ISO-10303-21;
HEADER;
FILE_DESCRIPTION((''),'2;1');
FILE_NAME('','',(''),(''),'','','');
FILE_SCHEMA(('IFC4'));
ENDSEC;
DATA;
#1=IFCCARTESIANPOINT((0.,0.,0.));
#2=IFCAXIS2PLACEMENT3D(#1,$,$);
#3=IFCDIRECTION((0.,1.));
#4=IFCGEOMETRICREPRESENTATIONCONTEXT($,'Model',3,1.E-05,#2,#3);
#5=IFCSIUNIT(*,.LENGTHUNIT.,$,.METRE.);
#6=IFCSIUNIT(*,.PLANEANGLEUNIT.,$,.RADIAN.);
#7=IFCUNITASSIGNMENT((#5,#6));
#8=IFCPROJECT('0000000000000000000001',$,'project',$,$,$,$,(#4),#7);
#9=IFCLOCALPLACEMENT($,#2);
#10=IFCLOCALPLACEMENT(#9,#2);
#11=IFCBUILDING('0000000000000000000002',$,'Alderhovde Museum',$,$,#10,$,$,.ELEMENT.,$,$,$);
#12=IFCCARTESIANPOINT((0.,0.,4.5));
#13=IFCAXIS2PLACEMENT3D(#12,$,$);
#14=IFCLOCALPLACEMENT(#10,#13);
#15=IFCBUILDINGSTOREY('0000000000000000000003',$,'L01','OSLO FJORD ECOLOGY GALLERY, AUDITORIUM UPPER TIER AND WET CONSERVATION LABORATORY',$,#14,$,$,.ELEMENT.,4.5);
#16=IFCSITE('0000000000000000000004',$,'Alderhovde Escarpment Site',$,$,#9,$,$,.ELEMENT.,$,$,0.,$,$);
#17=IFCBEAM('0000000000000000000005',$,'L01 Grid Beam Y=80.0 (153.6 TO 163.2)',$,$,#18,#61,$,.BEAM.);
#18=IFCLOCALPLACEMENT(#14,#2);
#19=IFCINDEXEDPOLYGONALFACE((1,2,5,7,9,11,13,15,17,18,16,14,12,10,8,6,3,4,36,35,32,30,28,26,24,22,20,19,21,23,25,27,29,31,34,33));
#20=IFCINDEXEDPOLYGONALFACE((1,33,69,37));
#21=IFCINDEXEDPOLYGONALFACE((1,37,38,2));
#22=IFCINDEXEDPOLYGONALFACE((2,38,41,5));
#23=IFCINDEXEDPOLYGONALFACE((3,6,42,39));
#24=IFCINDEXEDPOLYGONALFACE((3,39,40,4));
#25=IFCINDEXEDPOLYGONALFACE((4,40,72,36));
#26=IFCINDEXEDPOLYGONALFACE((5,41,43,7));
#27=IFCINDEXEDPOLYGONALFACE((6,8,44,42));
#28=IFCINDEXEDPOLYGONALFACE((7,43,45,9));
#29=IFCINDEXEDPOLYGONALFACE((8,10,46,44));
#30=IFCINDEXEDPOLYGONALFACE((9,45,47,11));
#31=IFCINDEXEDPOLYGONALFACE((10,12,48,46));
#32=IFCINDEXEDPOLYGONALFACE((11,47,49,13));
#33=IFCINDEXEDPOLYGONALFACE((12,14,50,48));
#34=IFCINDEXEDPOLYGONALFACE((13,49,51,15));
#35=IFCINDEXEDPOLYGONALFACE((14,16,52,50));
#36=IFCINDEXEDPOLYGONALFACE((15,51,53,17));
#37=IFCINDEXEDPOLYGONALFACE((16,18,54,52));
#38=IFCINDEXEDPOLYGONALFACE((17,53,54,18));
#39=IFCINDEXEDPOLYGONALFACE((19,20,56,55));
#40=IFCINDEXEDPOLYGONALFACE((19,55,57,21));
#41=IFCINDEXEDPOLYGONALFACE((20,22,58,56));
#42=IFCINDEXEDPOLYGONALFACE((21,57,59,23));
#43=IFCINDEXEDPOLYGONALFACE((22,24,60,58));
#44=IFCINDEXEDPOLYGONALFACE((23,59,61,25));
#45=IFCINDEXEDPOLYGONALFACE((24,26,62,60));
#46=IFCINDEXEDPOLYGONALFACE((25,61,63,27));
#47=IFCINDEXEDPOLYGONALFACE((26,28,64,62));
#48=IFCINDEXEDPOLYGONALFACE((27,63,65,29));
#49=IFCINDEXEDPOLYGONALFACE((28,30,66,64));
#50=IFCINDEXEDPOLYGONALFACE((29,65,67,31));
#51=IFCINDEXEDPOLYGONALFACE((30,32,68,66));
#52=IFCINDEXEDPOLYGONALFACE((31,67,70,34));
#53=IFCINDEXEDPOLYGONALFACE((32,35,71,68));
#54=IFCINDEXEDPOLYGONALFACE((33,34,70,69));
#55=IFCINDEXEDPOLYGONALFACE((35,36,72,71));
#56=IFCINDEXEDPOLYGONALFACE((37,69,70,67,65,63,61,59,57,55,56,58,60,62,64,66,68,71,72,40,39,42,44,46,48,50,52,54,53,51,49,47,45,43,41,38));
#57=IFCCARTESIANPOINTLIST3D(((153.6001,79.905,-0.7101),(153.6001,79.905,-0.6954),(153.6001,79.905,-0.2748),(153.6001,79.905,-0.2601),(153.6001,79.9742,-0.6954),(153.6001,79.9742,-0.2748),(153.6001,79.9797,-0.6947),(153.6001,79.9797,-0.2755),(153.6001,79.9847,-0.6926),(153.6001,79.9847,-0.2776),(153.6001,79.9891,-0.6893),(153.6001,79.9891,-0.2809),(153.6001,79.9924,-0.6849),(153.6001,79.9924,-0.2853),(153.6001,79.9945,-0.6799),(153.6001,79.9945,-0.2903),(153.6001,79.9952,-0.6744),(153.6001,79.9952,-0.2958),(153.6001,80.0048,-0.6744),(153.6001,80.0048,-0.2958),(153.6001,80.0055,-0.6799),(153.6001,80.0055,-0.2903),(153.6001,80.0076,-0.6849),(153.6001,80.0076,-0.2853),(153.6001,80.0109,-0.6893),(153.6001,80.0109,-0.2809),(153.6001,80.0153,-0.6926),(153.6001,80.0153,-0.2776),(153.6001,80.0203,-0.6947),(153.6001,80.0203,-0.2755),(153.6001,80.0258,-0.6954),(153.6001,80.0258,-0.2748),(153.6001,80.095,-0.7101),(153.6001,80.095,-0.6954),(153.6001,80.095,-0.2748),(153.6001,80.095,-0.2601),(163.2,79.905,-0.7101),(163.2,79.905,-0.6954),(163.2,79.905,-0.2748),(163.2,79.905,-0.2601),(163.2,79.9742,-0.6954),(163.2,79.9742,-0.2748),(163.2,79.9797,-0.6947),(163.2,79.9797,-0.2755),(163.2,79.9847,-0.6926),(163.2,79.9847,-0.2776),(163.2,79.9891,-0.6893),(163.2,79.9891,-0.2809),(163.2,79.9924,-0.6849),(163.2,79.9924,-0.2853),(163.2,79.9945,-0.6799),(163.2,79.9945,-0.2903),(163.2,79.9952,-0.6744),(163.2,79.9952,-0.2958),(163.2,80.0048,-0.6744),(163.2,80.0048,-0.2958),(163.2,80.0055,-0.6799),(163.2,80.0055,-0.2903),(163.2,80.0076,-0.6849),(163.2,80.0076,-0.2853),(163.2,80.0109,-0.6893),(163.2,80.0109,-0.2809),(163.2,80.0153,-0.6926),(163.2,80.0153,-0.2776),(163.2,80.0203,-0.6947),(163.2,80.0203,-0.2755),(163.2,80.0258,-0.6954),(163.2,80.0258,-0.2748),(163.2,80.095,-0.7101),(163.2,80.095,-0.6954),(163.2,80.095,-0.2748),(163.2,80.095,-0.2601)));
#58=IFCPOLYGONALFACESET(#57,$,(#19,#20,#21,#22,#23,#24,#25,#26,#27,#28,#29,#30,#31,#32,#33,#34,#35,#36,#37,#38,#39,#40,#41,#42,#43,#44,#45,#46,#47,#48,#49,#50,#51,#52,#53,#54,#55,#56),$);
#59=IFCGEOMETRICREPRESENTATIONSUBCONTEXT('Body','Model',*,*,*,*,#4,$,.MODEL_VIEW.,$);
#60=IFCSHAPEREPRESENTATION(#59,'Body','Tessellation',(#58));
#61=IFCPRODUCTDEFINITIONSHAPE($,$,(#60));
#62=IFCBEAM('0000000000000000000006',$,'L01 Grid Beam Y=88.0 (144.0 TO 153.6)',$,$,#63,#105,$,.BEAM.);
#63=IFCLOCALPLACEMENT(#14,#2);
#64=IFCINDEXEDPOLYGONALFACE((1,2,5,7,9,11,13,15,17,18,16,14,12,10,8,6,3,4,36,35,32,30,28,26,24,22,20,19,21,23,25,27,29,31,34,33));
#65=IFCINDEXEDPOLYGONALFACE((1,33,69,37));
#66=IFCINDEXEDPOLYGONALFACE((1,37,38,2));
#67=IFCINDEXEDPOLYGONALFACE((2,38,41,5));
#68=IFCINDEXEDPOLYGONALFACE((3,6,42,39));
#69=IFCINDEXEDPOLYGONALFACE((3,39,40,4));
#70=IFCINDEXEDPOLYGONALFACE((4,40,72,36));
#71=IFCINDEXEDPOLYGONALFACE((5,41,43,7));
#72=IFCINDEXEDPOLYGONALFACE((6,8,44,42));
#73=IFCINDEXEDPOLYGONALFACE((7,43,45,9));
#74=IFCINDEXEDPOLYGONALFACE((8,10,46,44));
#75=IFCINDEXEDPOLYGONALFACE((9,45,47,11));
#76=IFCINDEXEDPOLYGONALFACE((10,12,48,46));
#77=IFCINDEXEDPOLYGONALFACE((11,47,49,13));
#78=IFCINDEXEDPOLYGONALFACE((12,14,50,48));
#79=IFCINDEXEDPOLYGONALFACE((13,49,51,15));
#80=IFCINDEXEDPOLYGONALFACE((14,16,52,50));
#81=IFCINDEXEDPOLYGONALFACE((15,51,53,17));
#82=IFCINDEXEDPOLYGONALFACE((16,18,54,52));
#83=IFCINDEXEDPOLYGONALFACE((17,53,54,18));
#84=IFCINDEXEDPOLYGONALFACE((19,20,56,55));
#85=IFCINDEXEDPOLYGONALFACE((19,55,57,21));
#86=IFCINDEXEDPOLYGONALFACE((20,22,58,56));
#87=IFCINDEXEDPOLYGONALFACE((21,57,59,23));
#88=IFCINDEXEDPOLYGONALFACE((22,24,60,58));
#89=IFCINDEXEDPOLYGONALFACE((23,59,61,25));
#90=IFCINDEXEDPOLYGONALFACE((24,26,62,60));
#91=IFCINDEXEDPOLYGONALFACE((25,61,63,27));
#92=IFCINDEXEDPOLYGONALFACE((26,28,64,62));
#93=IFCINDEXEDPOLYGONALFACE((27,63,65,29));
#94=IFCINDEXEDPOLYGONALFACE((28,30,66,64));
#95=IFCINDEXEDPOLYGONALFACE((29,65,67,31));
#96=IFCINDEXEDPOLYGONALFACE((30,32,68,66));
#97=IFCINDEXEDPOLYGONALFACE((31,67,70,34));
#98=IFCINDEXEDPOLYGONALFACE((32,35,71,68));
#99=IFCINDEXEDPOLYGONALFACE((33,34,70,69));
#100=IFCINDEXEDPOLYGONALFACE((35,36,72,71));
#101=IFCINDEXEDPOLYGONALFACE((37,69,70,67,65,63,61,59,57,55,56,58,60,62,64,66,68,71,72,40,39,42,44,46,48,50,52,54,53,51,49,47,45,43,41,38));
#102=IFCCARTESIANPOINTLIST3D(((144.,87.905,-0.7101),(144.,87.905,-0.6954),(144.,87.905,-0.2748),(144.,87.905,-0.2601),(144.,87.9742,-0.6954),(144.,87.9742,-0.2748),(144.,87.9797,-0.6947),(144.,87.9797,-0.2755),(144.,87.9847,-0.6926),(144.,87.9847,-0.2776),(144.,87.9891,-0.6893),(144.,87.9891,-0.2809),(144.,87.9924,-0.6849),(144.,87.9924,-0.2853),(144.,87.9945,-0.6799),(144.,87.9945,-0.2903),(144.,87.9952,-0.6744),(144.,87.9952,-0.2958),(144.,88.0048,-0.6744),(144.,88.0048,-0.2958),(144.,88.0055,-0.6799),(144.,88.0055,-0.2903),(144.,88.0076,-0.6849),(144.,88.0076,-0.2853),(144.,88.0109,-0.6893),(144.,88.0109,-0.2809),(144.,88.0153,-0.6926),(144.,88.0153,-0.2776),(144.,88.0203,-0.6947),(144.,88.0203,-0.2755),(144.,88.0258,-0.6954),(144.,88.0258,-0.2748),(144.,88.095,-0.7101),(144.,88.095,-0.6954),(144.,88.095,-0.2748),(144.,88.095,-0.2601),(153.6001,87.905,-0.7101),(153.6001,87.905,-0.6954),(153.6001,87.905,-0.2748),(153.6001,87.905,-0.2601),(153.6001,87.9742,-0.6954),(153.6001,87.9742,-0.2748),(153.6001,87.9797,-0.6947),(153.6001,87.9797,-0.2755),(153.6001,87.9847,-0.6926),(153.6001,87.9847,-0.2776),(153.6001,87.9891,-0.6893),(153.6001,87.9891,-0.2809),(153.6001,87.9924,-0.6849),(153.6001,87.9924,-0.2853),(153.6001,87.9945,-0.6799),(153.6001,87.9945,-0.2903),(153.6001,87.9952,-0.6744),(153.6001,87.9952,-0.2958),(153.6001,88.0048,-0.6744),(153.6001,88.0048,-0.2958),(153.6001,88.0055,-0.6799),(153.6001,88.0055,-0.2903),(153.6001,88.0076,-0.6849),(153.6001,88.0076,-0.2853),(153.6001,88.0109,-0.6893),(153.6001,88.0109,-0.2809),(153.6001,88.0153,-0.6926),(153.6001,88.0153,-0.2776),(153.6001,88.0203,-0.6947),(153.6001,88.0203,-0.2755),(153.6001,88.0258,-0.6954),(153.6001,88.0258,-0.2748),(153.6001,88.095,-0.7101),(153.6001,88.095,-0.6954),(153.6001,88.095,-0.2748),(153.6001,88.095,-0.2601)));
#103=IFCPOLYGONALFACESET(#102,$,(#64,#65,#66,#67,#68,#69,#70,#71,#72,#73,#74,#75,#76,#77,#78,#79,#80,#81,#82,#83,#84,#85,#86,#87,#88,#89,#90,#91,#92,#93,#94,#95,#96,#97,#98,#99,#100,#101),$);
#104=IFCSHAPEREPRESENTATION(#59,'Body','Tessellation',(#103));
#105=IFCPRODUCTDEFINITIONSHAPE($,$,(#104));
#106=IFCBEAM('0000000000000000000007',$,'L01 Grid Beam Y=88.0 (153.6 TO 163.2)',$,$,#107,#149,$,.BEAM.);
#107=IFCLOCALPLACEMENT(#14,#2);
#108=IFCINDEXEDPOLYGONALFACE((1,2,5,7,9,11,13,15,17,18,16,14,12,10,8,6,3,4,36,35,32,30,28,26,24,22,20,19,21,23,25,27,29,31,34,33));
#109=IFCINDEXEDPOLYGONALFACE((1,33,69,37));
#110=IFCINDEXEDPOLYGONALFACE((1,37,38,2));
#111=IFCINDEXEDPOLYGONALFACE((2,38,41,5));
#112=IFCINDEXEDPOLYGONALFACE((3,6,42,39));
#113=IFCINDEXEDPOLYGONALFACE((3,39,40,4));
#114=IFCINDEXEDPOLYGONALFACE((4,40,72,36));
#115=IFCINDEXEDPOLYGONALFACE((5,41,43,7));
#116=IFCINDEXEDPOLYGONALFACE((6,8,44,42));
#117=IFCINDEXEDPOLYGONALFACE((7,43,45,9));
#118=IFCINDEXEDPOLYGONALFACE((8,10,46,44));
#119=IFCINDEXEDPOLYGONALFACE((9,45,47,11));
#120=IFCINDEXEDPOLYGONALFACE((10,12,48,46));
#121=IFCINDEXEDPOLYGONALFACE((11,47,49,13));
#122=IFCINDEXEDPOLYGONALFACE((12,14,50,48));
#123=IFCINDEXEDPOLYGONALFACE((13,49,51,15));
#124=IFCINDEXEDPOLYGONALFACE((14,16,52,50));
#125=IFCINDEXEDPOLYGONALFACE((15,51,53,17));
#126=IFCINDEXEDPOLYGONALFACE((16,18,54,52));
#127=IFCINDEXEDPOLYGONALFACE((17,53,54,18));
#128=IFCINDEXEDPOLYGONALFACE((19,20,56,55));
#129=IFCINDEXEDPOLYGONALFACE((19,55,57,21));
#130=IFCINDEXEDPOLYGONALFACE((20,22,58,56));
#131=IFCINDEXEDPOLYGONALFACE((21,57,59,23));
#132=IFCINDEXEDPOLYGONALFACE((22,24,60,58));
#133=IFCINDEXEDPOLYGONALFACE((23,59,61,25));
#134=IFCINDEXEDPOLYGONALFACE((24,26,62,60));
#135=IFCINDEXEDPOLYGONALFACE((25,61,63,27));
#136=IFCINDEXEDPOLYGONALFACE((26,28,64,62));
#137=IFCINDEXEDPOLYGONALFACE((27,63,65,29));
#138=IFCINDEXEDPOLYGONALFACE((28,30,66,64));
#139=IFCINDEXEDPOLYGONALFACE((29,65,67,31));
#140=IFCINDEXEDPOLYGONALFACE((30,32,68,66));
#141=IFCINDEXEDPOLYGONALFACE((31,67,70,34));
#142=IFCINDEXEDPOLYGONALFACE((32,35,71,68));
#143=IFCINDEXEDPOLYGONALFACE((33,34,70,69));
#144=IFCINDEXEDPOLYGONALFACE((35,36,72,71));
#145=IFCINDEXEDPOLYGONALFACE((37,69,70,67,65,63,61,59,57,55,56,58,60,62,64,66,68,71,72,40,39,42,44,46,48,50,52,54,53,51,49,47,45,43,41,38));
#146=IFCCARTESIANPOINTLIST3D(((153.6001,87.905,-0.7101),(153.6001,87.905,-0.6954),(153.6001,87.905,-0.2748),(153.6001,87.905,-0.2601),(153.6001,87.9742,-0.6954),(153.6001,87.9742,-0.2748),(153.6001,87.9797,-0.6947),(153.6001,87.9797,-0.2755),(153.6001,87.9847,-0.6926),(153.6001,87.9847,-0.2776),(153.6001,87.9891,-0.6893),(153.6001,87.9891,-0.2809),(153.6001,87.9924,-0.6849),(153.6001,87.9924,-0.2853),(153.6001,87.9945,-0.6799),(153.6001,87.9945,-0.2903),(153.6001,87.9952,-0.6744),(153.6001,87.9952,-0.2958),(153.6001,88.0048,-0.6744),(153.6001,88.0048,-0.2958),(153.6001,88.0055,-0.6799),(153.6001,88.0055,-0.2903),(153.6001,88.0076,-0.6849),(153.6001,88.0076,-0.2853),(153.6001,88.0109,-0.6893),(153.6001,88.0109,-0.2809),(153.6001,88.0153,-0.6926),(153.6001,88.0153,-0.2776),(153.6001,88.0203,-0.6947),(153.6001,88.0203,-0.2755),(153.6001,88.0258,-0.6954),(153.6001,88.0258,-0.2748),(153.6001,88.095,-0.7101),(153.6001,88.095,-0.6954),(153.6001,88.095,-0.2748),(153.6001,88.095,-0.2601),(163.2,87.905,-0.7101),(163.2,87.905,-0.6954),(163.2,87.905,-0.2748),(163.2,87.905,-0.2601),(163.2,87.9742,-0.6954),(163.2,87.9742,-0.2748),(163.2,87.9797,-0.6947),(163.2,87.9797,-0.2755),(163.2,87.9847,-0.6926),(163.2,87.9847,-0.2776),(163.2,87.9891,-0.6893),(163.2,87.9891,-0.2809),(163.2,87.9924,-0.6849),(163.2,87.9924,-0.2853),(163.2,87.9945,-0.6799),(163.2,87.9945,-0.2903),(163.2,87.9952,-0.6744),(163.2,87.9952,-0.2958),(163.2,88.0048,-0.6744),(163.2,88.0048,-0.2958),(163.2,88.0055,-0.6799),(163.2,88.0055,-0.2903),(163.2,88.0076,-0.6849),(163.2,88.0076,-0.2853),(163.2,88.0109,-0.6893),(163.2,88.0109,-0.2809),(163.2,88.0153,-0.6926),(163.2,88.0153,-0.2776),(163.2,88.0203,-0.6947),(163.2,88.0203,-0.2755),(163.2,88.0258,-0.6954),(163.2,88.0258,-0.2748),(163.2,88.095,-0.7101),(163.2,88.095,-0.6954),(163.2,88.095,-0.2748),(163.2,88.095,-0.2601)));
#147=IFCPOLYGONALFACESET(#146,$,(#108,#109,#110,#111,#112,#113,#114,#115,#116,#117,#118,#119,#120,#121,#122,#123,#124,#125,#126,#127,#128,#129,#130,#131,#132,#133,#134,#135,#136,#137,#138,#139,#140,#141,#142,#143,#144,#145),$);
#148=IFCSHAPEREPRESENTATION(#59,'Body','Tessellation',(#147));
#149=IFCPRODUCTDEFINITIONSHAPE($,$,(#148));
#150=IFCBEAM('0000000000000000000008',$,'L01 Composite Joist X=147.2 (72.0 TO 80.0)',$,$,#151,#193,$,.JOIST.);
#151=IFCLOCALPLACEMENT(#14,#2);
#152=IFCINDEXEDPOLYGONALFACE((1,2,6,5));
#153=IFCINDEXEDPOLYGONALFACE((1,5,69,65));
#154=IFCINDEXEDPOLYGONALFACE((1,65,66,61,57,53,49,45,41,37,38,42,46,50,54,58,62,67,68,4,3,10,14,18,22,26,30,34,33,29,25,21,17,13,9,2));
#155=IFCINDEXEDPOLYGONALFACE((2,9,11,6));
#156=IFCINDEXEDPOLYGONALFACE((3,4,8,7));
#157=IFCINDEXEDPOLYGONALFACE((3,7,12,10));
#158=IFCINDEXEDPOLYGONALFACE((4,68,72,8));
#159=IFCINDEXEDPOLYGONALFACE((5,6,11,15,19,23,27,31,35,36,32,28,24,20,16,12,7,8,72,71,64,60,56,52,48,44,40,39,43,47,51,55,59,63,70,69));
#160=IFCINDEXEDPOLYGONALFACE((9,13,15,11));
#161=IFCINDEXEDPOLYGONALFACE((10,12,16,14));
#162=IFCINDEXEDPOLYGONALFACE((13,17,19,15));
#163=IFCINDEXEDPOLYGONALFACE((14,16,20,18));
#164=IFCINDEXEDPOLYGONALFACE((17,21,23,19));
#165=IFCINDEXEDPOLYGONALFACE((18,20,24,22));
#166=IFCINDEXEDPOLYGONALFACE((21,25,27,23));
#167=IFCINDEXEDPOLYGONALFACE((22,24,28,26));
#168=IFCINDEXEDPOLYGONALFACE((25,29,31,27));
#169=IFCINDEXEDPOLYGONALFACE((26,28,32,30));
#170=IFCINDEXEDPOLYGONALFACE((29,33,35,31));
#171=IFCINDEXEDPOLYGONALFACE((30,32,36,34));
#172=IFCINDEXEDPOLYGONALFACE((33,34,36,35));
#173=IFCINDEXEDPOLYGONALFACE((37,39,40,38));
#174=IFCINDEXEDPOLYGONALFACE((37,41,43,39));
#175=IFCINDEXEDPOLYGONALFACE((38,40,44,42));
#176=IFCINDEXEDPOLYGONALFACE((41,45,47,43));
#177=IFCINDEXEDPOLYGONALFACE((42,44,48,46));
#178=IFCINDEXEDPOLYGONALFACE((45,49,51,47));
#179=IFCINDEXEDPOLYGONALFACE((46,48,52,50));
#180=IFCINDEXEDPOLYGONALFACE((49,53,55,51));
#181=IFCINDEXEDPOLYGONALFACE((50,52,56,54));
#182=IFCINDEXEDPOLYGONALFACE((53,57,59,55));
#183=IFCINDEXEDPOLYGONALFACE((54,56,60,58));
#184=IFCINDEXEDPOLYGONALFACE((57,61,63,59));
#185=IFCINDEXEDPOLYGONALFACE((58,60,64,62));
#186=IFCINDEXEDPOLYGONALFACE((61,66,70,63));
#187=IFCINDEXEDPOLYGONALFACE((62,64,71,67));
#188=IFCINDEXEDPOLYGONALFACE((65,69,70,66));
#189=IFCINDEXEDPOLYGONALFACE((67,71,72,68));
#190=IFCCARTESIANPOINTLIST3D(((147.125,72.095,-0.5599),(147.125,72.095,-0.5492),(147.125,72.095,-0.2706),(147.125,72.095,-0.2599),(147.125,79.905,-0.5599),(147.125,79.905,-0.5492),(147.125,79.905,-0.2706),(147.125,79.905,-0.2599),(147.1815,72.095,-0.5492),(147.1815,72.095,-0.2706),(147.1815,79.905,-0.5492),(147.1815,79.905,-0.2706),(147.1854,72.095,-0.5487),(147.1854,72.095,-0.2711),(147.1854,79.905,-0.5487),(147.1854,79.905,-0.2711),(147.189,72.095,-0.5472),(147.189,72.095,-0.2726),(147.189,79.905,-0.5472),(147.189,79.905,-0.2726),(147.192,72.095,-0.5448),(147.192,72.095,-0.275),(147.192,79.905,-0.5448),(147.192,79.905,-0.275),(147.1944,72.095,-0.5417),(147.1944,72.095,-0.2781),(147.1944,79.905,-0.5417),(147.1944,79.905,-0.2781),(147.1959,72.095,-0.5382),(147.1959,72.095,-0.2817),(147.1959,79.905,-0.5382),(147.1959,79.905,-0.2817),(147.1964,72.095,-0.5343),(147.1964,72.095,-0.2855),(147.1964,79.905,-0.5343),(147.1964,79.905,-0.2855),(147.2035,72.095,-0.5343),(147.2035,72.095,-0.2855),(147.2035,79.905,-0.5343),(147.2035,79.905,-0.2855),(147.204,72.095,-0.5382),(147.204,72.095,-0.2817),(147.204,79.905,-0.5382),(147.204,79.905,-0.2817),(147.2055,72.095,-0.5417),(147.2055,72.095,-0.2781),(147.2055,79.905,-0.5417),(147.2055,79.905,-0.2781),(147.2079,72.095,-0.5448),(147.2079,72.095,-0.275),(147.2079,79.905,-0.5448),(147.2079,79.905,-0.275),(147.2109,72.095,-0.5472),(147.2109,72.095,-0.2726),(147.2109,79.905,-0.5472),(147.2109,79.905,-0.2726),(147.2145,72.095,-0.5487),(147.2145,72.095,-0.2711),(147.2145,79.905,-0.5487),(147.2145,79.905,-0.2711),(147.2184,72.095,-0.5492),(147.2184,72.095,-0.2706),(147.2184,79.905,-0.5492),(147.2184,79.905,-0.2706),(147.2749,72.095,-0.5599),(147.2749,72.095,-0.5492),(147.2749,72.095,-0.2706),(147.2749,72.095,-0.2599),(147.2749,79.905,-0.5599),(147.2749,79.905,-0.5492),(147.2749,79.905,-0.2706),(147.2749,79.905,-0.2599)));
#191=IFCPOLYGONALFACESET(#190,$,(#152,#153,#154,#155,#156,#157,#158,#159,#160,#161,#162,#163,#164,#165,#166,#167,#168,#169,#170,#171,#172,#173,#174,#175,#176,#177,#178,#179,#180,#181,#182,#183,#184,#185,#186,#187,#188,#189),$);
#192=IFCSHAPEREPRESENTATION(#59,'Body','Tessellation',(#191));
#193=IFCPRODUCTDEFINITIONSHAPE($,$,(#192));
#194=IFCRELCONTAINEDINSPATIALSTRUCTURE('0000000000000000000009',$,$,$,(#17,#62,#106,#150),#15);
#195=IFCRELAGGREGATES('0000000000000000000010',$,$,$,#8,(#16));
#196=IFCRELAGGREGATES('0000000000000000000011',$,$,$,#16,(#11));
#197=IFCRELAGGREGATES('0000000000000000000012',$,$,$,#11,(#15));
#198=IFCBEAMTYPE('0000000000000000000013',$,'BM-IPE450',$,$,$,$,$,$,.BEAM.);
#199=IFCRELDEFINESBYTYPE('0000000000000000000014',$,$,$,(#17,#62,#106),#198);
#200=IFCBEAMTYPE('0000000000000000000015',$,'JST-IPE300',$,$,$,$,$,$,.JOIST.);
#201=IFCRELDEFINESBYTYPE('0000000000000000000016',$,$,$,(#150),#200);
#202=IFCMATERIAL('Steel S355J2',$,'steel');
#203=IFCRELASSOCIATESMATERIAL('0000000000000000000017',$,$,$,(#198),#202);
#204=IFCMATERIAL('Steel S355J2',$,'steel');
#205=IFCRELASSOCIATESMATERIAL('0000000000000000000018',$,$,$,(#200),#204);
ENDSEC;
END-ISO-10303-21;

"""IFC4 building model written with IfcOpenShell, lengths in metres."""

from ifc_helpers import new_model, si_unit, direction, frame, origin, origin_2d, place, context, subcontext, project, spatial, i_section, extrude, material, material_profile, profile_set, type_object, element, save


model = new_model("IFC4")

# Units and contexts
model_context = context("Model", 3, precision=1e-05, world=origin(), true_north=direction((0.0, 1.0)))
body_context = subcontext(model_context, "Body", "Model", "MODEL_VIEW")
ifc_project = project(units=[si_unit("LENGTHUNIT", "METRE"), si_unit("PLANEANGLEUNIT", "RADIAN")], contexts=[model_context])

# Site, building, storey
site_placement = place(None, origin())
site = spatial("IfcSite", under=ifc_project, at=site_placement, Name="Alderhovde Escarpment Site", CompositionType="ELEMENT", RefElevation=0.0)
building_placement = place(site_placement, origin())
building = spatial("IfcBuilding", under=site, at=building_placement, Name="Alderhovde Museum", CompositionType="ELEMENT")
storey_placement = place(building_placement, frame((0.0, 0.0, 4.5)))
storey = spatial("IfcBuildingStorey", under=building, at=storey_placement, Name="L01", Description="OSLO FJORD ECOLOGY GALLERY, AUDITORIUM UPPER TIER AND WET CONSERVATION LABORATORY", CompositionType="ELEMENT", Elevation=4.5)

# Beams
ifc_material_1 = material(Name="Steel S355J2", Category="steel")
ifc_material_profile_1 = material_profile(ifc_material_1, i_section(OverallWidth=0.1899, OverallDepth=0.45, WebThickness=0.0095, FlangeThickness=0.0146, FilletRadius=0.021, at=origin_2d()), Name="IPE 450")
ifc_profile_set_1 = profile_set([ifc_material_profile_1], Name="Steel S355J2")
beam_type_1 = type_object("IfcBeamType", Name="BM-IPE450", PredefinedType="BEAM", material=ifc_profile_set_1)
beam_1_placement = place(storey_placement, frame((153.6001, 80.0, -0.4851), z_axis=(1.0, 0.0, 0.0), x_axis=(0.0, 1.0, 0.0)))
element("IfcBeam", 1, at=beam_1_placement, inside=storey, type_object=beam_type_1, Name="L01 Grid Beam Y=80.0 (153.6 TO 163.2)", PredefinedType="BEAM", context=body_context, shape_type="SweptSolid", body=[
    extrude(i_section(OverallWidth=0.1899, OverallDepth=0.45, WebThickness=0.0095, FlangeThickness=0.0146, FilletRadius=0.021, at=origin_2d()), origin(), (0.0, 0.0, 1.0), 9.5999),
])
beam_2_placement = place(storey_placement, frame((144.0, 88.0, -0.4851), z_axis=(1.0, 0.0, 0.0), x_axis=(0.0, 1.0, 0.0)))
element("IfcBeam", 2, at=beam_2_placement, inside=storey, type_object=beam_type_1, Name="L01 Grid Beam Y=88.0 (144.0 TO 153.6)", PredefinedType="BEAM", context=body_context, shape_type="SweptSolid", body=[
    extrude(i_section(OverallWidth=0.1899, OverallDepth=0.45, WebThickness=0.0095, FlangeThickness=0.0146, FilletRadius=0.021, at=origin_2d()), origin(), (0.0, 0.0, 1.0), 9.6001),
])
beam_3_placement = place(storey_placement, frame((153.6001, 88.0, -0.4851), z_axis=(1.0, 0.0, 0.0), x_axis=(0.0, 1.0, 0.0)))
element("IfcBeam", 3, at=beam_3_placement, inside=storey, type_object=beam_type_1, Name="L01 Grid Beam Y=88.0 (153.6 TO 163.2)", PredefinedType="BEAM", context=body_context, shape_type="SweptSolid", body=[
    extrude(i_section(OverallWidth=0.1899, OverallDepth=0.45, WebThickness=0.0095, FlangeThickness=0.0146, FilletRadius=0.021, at=origin_2d()), origin(), (0.0, 0.0, 1.0), 9.5999),
])
ifc_material_2 = material(Name="Steel S355J2", Category="steel")
ifc_material_profile_2 = material_profile(ifc_material_2, i_section(OverallWidth=0.1499, OverallDepth=0.3, WebThickness=0.0071, FlangeThickness=0.0107, FilletRadius=0.0149, at=origin_2d()), Name="IPE 300")
ifc_profile_set_2 = profile_set([ifc_material_profile_2], Name="Steel S355J2")
beam_type_2 = type_object("IfcBeamType", Name="JST-IPE300", PredefinedType="JOIST", material=ifc_profile_set_2)
for number, where, z_axis, x_axis, name in (
    (4, (147.2, 72.095, -0.4099), (0.0, 1.0, 0.0), (-1.0, 0.0, 0.0), "L01 Composite Joist X=147.2 (72.0 TO 80.0)"),
):
    element("IfcBeam", number, at=place(storey_placement, frame(where, z_axis=z_axis, x_axis=x_axis)), inside=storey, type_object=beam_type_2, Name=name, PredefinedType="JOIST", context=body_context, shape_type="SweptSolid", body=[
        extrude(i_section(OverallWidth=0.1499, OverallDepth=0.3, WebThickness=0.0071, FlangeThickness=0.0107, FilletRadius=0.0149, at=origin_2d()), origin(), (0.0, 0.0, 1.0), 7.8101),
    ])

save(model, "model.ifc")
